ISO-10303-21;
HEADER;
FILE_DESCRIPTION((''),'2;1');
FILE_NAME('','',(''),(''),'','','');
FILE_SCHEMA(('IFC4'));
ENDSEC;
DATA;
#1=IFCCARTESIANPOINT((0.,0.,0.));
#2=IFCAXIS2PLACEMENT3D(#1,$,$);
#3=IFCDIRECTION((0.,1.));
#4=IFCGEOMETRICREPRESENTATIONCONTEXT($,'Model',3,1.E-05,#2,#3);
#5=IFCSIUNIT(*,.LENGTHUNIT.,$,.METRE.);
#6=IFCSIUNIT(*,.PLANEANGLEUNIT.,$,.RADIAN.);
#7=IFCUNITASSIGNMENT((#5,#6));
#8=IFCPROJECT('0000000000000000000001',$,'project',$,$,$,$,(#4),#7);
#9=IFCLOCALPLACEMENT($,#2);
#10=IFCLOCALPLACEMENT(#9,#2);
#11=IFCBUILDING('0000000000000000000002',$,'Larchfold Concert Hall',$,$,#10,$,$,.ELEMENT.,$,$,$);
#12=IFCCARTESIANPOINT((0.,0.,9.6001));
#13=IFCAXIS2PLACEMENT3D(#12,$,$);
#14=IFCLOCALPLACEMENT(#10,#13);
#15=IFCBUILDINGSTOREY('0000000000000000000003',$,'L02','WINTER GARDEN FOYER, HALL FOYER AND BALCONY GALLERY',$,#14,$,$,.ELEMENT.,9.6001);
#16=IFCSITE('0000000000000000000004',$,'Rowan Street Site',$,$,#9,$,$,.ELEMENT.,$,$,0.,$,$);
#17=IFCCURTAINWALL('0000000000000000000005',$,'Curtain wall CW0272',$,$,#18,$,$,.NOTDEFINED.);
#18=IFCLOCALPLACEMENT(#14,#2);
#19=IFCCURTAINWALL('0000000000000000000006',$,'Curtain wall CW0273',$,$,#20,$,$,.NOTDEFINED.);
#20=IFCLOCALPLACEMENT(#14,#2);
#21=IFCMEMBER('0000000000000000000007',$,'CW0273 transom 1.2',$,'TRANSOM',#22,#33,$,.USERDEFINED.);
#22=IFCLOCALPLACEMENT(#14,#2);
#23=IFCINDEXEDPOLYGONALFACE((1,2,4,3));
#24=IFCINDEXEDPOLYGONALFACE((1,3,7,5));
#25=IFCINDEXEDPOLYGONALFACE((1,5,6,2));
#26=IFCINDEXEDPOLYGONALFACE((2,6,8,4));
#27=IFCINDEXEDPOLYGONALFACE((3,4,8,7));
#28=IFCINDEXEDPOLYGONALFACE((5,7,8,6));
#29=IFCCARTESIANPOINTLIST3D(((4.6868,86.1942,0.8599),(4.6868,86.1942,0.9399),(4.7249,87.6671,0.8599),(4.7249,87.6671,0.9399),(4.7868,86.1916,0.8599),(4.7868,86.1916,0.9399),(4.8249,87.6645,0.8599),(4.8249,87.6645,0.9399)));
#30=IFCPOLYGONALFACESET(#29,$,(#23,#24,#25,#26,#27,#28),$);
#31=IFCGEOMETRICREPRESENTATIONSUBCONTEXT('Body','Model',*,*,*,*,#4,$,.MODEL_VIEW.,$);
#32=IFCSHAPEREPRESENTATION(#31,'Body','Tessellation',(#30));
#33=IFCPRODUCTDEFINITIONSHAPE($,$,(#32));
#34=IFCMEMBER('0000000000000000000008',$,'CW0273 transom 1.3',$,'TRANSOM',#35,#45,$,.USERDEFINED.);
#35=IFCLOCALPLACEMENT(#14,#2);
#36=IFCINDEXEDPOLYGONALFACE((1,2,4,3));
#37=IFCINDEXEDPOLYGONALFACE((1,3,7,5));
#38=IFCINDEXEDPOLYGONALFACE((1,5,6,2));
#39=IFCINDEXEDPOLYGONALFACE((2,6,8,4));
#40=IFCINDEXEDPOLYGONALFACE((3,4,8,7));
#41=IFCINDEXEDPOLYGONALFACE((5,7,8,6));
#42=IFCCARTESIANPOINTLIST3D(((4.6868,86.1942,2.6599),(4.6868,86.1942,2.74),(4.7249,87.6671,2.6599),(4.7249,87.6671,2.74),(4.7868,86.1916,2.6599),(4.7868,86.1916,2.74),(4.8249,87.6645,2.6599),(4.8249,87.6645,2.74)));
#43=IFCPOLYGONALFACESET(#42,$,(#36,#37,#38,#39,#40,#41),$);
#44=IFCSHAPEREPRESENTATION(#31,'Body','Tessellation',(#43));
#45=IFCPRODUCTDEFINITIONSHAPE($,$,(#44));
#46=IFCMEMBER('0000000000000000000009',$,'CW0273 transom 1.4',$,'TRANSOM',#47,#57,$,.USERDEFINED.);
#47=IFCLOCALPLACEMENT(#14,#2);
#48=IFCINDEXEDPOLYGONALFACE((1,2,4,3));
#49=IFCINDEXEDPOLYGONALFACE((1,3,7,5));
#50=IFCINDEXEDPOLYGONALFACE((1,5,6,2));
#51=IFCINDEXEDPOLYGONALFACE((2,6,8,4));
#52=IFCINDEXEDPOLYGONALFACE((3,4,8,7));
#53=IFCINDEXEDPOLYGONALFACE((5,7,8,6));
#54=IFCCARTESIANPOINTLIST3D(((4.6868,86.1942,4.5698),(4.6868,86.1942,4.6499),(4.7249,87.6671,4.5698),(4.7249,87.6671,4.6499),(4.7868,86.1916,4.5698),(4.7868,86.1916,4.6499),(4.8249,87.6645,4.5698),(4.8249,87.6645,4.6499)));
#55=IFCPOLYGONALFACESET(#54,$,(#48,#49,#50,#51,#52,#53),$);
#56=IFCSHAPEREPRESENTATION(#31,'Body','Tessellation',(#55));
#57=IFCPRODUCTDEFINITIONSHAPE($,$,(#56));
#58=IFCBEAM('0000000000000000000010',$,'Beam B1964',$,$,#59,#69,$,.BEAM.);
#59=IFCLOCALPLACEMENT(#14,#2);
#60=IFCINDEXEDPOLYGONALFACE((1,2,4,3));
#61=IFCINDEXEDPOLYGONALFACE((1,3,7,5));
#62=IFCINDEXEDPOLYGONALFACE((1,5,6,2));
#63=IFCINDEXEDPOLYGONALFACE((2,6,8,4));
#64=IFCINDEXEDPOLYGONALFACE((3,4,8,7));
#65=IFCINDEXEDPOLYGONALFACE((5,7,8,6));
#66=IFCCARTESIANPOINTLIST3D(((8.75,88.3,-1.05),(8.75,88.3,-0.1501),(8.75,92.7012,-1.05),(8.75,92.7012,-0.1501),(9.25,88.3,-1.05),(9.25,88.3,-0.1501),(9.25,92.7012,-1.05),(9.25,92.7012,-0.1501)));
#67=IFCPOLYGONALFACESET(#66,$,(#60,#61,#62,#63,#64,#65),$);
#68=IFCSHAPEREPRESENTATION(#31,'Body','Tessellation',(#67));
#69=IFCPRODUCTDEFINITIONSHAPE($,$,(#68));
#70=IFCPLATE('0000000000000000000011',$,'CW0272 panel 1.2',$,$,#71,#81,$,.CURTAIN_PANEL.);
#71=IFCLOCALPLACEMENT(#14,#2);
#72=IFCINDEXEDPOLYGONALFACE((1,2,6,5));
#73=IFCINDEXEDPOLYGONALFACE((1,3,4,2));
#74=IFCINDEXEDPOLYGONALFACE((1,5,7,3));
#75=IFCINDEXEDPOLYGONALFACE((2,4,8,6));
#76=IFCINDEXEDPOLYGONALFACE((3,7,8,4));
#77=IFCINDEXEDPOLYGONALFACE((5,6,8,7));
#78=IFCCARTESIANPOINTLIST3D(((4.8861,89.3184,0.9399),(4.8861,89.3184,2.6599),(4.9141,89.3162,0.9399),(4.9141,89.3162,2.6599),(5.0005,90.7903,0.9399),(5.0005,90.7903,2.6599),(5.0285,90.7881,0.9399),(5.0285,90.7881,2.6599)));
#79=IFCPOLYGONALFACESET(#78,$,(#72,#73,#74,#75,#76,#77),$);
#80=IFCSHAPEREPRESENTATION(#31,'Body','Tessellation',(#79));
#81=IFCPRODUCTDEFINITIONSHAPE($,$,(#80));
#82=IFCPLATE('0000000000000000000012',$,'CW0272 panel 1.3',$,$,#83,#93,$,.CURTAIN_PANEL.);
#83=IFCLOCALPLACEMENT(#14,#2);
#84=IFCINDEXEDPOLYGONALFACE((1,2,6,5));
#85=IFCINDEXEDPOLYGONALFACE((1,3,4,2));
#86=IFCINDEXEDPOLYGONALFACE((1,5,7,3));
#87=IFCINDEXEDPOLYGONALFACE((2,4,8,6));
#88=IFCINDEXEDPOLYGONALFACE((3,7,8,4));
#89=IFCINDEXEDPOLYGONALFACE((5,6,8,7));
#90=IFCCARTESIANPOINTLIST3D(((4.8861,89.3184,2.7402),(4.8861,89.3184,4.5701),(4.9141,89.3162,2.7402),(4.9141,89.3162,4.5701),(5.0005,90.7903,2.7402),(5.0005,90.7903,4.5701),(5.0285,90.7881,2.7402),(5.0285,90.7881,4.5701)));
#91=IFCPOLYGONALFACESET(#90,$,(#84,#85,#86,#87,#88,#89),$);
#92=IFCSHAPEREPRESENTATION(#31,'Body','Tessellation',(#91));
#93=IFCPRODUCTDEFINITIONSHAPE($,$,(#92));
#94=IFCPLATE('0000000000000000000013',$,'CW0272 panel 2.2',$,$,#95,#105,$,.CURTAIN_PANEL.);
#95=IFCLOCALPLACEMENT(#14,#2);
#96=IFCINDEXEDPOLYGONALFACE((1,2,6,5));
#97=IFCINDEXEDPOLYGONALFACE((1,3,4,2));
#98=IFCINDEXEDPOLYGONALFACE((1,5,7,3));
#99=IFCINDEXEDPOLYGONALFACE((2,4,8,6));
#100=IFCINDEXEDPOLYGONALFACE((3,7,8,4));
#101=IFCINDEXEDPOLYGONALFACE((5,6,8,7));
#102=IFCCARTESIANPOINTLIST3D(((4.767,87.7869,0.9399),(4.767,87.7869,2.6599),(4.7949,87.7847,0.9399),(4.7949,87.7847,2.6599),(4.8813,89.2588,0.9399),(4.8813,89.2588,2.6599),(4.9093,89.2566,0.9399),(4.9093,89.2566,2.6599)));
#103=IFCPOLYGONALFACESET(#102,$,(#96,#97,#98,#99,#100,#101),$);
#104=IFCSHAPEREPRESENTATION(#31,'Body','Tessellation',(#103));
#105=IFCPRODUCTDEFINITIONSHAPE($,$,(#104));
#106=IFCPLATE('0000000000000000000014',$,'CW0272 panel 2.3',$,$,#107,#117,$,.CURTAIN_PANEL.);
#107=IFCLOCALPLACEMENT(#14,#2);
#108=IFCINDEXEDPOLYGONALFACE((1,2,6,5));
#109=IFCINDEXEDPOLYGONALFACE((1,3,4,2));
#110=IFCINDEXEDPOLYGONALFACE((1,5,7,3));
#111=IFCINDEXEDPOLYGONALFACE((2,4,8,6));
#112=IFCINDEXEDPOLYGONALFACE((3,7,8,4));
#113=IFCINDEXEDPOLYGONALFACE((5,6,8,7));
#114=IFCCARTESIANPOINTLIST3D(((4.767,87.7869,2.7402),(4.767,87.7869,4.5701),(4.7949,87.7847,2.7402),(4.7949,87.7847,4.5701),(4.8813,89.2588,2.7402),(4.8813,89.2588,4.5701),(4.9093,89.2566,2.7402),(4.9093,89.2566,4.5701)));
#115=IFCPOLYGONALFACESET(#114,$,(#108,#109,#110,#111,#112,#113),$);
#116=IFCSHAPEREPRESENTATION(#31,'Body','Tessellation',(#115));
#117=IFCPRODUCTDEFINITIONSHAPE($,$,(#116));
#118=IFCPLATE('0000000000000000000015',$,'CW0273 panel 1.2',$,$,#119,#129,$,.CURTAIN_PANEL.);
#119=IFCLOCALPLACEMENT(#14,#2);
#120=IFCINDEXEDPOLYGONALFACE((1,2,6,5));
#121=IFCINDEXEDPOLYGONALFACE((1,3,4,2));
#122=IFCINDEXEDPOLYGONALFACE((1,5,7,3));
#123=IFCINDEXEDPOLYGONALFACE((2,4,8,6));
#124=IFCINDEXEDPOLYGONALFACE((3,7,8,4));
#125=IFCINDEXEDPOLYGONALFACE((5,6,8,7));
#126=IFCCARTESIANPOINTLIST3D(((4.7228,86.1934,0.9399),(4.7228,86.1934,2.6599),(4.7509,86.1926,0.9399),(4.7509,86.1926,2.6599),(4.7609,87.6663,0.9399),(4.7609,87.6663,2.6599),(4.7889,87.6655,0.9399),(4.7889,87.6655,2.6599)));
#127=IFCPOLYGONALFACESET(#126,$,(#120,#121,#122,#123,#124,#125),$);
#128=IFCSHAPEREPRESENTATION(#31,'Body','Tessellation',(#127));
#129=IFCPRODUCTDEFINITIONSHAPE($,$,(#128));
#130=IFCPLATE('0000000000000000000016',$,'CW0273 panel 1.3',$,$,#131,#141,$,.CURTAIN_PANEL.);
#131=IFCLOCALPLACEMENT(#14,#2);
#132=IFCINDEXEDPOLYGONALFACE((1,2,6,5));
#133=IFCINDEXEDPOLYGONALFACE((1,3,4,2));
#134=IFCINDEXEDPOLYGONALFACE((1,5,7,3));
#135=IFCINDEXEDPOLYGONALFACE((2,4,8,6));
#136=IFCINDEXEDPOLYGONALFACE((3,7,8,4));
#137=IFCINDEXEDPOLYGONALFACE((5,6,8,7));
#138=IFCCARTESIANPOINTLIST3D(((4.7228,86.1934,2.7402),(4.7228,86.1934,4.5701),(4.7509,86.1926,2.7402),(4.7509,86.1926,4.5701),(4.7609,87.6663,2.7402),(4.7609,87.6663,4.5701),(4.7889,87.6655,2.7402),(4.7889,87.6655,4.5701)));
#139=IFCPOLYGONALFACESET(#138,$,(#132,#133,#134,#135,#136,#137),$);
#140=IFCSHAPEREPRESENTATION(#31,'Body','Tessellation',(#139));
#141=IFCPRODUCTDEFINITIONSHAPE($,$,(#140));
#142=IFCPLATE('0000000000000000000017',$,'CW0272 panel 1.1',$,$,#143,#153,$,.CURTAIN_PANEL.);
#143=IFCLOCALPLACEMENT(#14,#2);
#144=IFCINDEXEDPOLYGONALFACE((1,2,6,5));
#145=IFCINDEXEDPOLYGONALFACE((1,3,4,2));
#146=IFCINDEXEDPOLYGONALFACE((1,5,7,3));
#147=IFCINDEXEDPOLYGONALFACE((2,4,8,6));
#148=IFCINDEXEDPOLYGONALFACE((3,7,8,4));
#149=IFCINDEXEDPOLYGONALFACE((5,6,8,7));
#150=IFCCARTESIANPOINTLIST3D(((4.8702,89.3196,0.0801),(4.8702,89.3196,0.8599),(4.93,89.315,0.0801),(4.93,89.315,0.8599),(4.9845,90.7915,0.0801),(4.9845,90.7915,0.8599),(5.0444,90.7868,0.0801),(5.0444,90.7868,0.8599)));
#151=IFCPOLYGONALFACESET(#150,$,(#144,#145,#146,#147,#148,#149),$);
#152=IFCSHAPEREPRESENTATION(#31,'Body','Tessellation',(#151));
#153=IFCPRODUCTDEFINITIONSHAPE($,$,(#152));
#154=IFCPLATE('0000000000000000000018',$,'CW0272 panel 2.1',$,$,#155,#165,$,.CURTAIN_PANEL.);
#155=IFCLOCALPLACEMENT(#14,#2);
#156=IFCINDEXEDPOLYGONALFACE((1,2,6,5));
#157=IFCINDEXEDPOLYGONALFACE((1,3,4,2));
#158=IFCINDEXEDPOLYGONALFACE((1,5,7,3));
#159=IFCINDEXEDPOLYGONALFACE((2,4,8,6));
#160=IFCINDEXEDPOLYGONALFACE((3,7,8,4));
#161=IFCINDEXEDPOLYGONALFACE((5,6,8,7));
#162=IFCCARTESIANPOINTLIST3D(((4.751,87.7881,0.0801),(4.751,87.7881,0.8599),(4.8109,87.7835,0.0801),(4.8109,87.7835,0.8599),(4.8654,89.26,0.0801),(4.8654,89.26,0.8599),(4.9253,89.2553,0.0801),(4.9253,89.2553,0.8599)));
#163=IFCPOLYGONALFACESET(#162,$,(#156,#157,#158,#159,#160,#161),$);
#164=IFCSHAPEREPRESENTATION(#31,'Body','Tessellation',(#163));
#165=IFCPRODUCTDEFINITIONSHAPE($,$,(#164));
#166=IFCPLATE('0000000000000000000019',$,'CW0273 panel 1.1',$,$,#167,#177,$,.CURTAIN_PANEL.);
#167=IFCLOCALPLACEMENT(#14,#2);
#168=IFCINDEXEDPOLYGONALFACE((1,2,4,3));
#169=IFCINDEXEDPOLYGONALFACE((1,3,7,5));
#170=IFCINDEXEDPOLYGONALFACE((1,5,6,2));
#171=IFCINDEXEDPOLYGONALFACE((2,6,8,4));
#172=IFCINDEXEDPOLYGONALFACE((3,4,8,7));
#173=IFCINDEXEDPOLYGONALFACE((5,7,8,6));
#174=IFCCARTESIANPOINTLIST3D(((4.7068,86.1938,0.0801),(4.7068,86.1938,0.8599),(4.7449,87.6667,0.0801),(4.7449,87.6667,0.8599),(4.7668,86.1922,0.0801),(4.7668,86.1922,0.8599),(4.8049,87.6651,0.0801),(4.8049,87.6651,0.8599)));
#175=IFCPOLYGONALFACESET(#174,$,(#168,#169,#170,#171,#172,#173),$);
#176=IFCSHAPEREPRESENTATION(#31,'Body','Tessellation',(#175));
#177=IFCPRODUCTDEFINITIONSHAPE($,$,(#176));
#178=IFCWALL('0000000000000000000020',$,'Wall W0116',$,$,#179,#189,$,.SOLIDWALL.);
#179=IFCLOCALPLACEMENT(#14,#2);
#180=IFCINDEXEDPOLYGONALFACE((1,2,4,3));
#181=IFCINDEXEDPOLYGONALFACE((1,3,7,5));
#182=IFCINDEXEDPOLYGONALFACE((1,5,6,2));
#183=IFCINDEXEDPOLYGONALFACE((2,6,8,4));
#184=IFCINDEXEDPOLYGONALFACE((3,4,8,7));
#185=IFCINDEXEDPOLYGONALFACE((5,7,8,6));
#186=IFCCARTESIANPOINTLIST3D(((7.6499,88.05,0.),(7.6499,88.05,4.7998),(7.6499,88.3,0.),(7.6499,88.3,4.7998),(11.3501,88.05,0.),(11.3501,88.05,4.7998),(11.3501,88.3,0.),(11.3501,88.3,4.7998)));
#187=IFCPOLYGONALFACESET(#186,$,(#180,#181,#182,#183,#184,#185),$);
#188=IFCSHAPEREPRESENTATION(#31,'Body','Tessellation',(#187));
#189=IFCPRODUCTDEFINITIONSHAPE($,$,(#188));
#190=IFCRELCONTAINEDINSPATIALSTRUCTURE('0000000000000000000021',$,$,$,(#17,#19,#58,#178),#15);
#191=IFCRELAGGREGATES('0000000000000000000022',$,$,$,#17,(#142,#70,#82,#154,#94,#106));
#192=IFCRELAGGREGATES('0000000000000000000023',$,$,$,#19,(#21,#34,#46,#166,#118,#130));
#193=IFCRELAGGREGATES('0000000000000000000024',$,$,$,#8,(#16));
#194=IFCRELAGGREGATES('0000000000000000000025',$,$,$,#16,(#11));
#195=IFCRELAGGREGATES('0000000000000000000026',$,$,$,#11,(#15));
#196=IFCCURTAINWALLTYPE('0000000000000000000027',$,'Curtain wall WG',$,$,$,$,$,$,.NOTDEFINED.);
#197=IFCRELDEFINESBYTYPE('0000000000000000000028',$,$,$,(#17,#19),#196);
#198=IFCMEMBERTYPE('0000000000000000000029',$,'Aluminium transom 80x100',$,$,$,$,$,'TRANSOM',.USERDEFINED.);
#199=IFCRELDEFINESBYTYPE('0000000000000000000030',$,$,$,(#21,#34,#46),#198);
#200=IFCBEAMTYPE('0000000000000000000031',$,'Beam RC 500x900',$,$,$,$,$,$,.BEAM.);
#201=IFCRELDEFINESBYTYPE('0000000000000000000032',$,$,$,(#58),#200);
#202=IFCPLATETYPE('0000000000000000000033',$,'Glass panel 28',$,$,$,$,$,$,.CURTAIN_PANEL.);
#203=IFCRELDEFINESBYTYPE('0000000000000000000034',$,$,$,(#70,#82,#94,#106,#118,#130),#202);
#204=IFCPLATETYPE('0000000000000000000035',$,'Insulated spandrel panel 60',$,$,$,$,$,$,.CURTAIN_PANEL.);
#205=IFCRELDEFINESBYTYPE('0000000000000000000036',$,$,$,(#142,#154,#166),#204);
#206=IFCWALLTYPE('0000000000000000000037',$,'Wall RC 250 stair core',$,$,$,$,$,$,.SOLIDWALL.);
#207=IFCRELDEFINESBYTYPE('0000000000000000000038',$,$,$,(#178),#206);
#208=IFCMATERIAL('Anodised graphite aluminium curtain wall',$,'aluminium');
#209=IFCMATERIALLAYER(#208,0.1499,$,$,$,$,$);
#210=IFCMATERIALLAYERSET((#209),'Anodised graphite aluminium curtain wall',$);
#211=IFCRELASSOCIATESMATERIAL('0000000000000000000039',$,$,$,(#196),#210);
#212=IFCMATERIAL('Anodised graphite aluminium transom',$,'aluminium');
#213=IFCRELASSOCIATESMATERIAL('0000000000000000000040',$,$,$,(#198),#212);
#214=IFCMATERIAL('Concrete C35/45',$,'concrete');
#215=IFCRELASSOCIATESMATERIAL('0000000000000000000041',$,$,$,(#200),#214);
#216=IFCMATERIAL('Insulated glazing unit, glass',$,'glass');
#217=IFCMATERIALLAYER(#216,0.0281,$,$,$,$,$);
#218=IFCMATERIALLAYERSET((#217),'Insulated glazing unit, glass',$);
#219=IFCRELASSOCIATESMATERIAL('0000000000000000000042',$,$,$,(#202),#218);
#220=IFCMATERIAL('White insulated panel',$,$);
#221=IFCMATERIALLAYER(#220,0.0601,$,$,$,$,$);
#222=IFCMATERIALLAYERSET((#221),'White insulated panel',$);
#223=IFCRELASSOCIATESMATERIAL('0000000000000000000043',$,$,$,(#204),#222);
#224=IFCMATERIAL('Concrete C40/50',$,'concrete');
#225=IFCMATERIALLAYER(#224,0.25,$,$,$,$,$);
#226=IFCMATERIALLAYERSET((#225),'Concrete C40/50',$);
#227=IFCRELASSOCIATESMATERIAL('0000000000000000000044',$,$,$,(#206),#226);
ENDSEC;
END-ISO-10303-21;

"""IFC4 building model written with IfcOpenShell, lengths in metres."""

from ifc_helpers import new_model, si_unit, direction, frame, frame_2d, origin, origin_2d, place, context, subcontext, project, spatial, rectangle, extrude, material, layer, layer_set, material_profile, profile_set, type_object, element, aggregate, save


model = new_model("IFC4")

# Units and contexts
model_context = context("Model", 3, precision=1e-05, world=origin(), true_north=direction((0.0, 1.0)))
body_context = subcontext(model_context, "Body", "Model", "MODEL_VIEW")
ifc_project = project(units=[si_unit("LENGTHUNIT", "METRE"), si_unit("PLANEANGLEUNIT", "RADIAN")], contexts=[model_context])

# Site, building, storey
site_placement = place(None, origin())
site = spatial("IfcSite", under=ifc_project, at=site_placement, Name="Rowan Street Site", CompositionType="ELEMENT", RefElevation=0.0)
building_placement = place(site_placement, origin())
building = spatial("IfcBuilding", under=site, at=building_placement, Name="Larchfold Concert Hall", CompositionType="ELEMENT")
storey_placement = place(building_placement, frame((0.0, 0.0, 9.6001)))
storey = spatial("IfcBuildingStorey", under=building, at=storey_placement, Name="L02", Description="WINTER GARDEN FOYER, HALL FOYER AND BALCONY GALLERY", CompositionType="ELEMENT", Elevation=9.6001)

# Shared definitions
ifc_material_1 = material(Name="Anodised graphite aluminium curtain wall", Category="aluminium")
ifc_layer_1 = layer(ifc_material_1, 0.1499)
ifc_layer_set_1 = layer_set([ifc_layer_1], Name="Anodised graphite aluminium curtain wall")
curtain_wall_type = type_object("IfcCurtainWallType", Name="Curtain wall WG", PredefinedType="NOTDEFINED", material=ifc_layer_set_1)

# Curtain wall
curtain_wall_1_placement = place(storey_placement, origin())
curtain_wall_1 = element("IfcCurtainWall", 1, at=curtain_wall_1_placement, inside=storey, type_object=curtain_wall_type, Name="Curtain wall CW0272", PredefinedType="NOTDEFINED")

# Curtain wall
curtain_wall_2_placement = place(storey_placement, origin())
curtain_wall_2 = element("IfcCurtainWall", 2, at=curtain_wall_2_placement, inside=storey, type_object=curtain_wall_type, Name="Curtain wall CW0273", PredefinedType="NOTDEFINED")

# Members
ifc_material_2 = material(Name="Anodised graphite aluminium transom", Category="aluminium")
ifc_material_profile_1 = material_profile(ifc_material_2, rectangle(XDim=0.1001, YDim=0.0801, at=origin_2d()))
ifc_profile_set_1 = profile_set([ifc_material_profile_1], Name="Anodised graphite aluminium transom")
member_type_1 = type_object("IfcMemberType", Name="Aluminium transom 80x100", ElementType="TRANSOM", PredefinedType="USERDEFINED", material=ifc_profile_set_1)
member_1_placement = place(storey_placement, frame((4.7749, 87.6658, 0.8999), z_axis=(-0.025849, -0.999666, 0.0), x_axis=(0.999666, -0.025849, 0.0)))
member_1 = element("IfcMember", 3, at=member_1_placement, type_object=member_type_1, Name="CW0273 transom 1.2", ObjectType="TRANSOM", PredefinedType="USERDEFINED", context=body_context, shape_type="SweptSolid", body=[
    extrude(rectangle(XDim=0.1001, YDim=0.0801, at=origin_2d()), origin(), (0.0, 0.0, 1.0), 1.4734),
])
member_2_placement = place(storey_placement, frame((4.7749, 87.6658, 2.7), z_axis=(-0.025849, -0.999666, 0.0), x_axis=(0.999666, -0.025849, 0.0)))
member_2 = element("IfcMember", 4, at=member_2_placement, type_object=member_type_1, Name="CW0273 transom 1.3", ObjectType="TRANSOM", PredefinedType="USERDEFINED", context=body_context, shape_type="SweptSolid", body=[
    extrude(rectangle(XDim=0.1001, YDim=0.0801, at=origin_2d()), origin(), (0.0, 0.0, 1.0), 1.4734),
])
member_3_placement = place(storey_placement, frame((4.7749, 87.6658, 4.6099), z_axis=(-0.025849, -0.999666, 0.0), x_axis=(0.999666, -0.025849, 0.0)))
member_3 = element("IfcMember", 5, at=member_3_placement, type_object=member_type_1, Name="CW0273 transom 1.4", ObjectType="TRANSOM", PredefinedType="USERDEFINED", context=body_context, shape_type="SweptSolid", body=[
    extrude(rectangle(XDim=0.1001, YDim=0.0801, at=origin_2d()), origin(), (0.0, 0.0, 1.0), 1.4734),
])

# Beam
ifc_material_3 = material(Name="Concrete C35/45", Category="concrete")
ifc_material_profile_2 = material_profile(ifc_material_3, rectangle(XDim=0.5, YDim=0.8999, at=origin_2d()))
ifc_profile_set_2 = profile_set([ifc_material_profile_2], Name="Concrete C35/45")
beam_type = type_object("IfcBeamType", Name="Beam RC 500x900", PredefinedType="BEAM", material=ifc_profile_set_2)
beam_placement = place(storey_placement, frame((9.0, 88.3, -0.6001), z_axis=(0.0, 1.0, 0.0), x_axis=(-1.0, 0.0, 0.0)))
element("IfcBeam", 6, at=beam_placement, inside=storey, type_object=beam_type, Name="Beam B1964", PredefinedType="BEAM", context=body_context, shape_type="SweptSolid", body=[
    extrude(rectangle(XDim=0.5, YDim=0.8999, at=origin_2d()), origin(), (0.0, 0.0, 1.0), 4.4011),
])

# Plates
ifc_material_4 = material(Name="Insulated glazing unit, glass", Category="glass")
ifc_layer_2 = layer(ifc_material_4, 0.0281)
ifc_layer_set_2 = layer_set([ifc_layer_2], Name="Insulated glazing unit, glass")
plate_type_1 = type_object("IfcPlateType", Name="Glass panel 28", PredefinedType="CURTAIN_PANEL", material=ifc_layer_set_2)
plate_1_placement = place(storey_placement, frame((4.9573, 90.0532, 0.9399), z_axis=(0.0, 0.0, 1.0), x_axis=(-0.077465, -0.996995, 0.0)))
plate_1 = element("IfcPlate", 7, at=plate_1_placement, type_object=plate_type_1, Name="CW0272 panel 1.2", PredefinedType="CURTAIN_PANEL", context=body_context, shape_type="SweptSolid", body=[
    extrude(rectangle(XDim=1.4763, YDim=0.0281, at=origin_2d()), origin(), (0.0, 0.0, 1.0), 1.72),
])
plate_2_placement = place(storey_placement, frame((4.9573, 90.0532, 2.7402), z_axis=(0.0, 0.0, 1.0), x_axis=(-0.077465, -0.996995, 0.0)))
plate_2 = element("IfcPlate", 8, at=plate_2_placement, type_object=plate_type_1, Name="CW0272 panel 1.3", PredefinedType="CURTAIN_PANEL", context=body_context, shape_type="SweptSolid", body=[
    extrude(rectangle(XDim=1.4763, YDim=0.0281, at=origin_2d()), origin(), (0.0, 0.0, 1.0), 1.8298),
])
plate_3_placement = place(storey_placement, frame((4.8381, 88.5217, 0.9399), z_axis=(0.0, 0.0, 1.0), x_axis=(-0.077465, -0.996995, 0.0)))
plate_3 = element("IfcPlate", 9, at=plate_3_placement, type_object=plate_type_1, Name="CW0272 panel 2.2", PredefinedType="CURTAIN_PANEL", context=body_context, shape_type="SweptSolid", body=[
    extrude(rectangle(XDim=1.4763, YDim=0.0281, at=origin_2d()), origin(), (0.0, 0.0, 1.0), 1.72),
])
plate_4_placement = place(storey_placement, frame((4.8381, 88.5217, 2.7402), z_axis=(0.0, 0.0, 1.0), x_axis=(-0.077465, -0.996995, 0.0)))
plate_4 = element("IfcPlate", 10, at=plate_4_placement, type_object=plate_type_1, Name="CW0272 panel 2.3", PredefinedType="CURTAIN_PANEL", context=body_context, shape_type="SweptSolid", body=[
    extrude(rectangle(XDim=1.4763, YDim=0.0281, at=origin_2d()), origin(), (0.0, 0.0, 1.0), 1.8298),
])
plate_5_placement = place(storey_placement, frame((4.7559, 86.9294, 0.9399), z_axis=(0.0, 0.0, 1.0), x_axis=(-0.025845, -0.999666, 0.0)))
plate_5 = element("IfcPlate", 11, at=plate_5_placement, type_object=plate_type_1, Name="CW0273 panel 1.2", PredefinedType="CURTAIN_PANEL", context=body_context, shape_type="SweptSolid", body=[
    extrude(rectangle(XDim=1.4734, YDim=0.0281, at=origin_2d()), origin(), (0.0, 0.0, 1.0), 1.72),
])
plate_6_placement = place(storey_placement, frame((4.7559, 86.9294, 2.7402), z_axis=(0.0, 0.0, 1.0), x_axis=(-0.025845, -0.999666, 0.0)))
plate_6 = element("IfcPlate", 12, at=plate_6_placement, type_object=plate_type_1, Name="CW0273 panel 1.3", PredefinedType="CURTAIN_PANEL", context=body_context, shape_type="SweptSolid", body=[
    extrude(rectangle(XDim=1.4734, YDim=0.0281, at=origin_2d()), origin(), (0.0, 0.0, 1.0), 1.8298),
])
ifc_material_5 = material(Name="White insulated panel")
ifc_layer_3 = layer(ifc_material_5, 0.0601)
ifc_layer_set_3 = layer_set([ifc_layer_3], Name="White insulated panel")
plate_type_2 = type_object("IfcPlateType", Name="Insulated spandrel panel 60", PredefinedType="CURTAIN_PANEL", material=ifc_layer_set_3)
plate_7_placement = place(storey_placement, frame((4.9573, 90.0532, 0.0801), z_axis=(0.0, 0.0, 1.0), x_axis=(-0.077465, -0.996995, 0.0)))
plate_7 = element("IfcPlate", 13, at=plate_7_placement, type_object=plate_type_2, Name="CW0272 panel 1.1", PredefinedType="CURTAIN_PANEL", context=body_context, shape_type="SweptSolid", body=[
    extrude(rectangle(XDim=1.4763, YDim=0.0601, at=origin_2d()), origin(), (0.0, 0.0, 1.0), 0.7798),
])
plate_8_placement = place(storey_placement, frame((4.8381, 88.5217, 0.0801), z_axis=(0.0, 0.0, 1.0), x_axis=(-0.077465, -0.996995, 0.0)))
plate_8 = element("IfcPlate", 14, at=plate_8_placement, type_object=plate_type_2, Name="CW0272 panel 2.1", PredefinedType="CURTAIN_PANEL", context=body_context, shape_type="SweptSolid", body=[
    extrude(rectangle(XDim=1.4763, YDim=0.0601, at=origin_2d()), origin(), (0.0, 0.0, 1.0), 0.7798),
])
aggregate(curtain_wall_1, [plate_7, plate_1, plate_2, plate_8, plate_3, plate_4])
plate_9_placement = place(storey_placement, frame((4.7559, 86.9294, 0.0801), z_axis=(0.0, 0.0, 1.0), x_axis=(-0.025845, -0.999666, 0.0)))
plate_9 = element("IfcPlate", 15, at=plate_9_placement, type_object=plate_type_2, Name="CW0273 panel 1.1", PredefinedType="CURTAIN_PANEL", context=body_context, shape_type="SweptSolid", body=[
    extrude(rectangle(XDim=1.4734, YDim=0.0601, at=origin_2d()), origin(), (0.0, 0.0, 1.0), 0.7798),
])
aggregate(curtain_wall_2, [member_1, member_2, member_3, plate_9, plate_5, plate_6])

# Wall
ifc_material_6 = material(Name="Concrete C40/50", Category="concrete")
ifc_layer_4 = layer(ifc_material_6, 0.25)
ifc_layer_set_4 = layer_set([ifc_layer_4], Name="Concrete C40/50")
wall_type = type_object("IfcWallType", Name="Wall RC 250 stair core", PredefinedType="SOLIDWALL", material=ifc_layer_set_4)
wall_placement = place(storey_placement, frame((7.6499, 88.175, 0.0), z_axis=(0.0, 0.0, 1.0), x_axis=(1.0, 0.0, 0.0)))
element("IfcWall", 16, at=wall_placement, inside=storey, type_object=wall_type, Name="Wall W0116", PredefinedType="SOLIDWALL", context=body_context, shape_type="SweptSolid", body=[
    extrude(rectangle(XDim=3.7002, YDim=0.25, at=frame_2d((1.8501, 0.0))), origin(), (0.0, 0.0, 1.0), 4.7998),
])

save(model, "model.ifc")
